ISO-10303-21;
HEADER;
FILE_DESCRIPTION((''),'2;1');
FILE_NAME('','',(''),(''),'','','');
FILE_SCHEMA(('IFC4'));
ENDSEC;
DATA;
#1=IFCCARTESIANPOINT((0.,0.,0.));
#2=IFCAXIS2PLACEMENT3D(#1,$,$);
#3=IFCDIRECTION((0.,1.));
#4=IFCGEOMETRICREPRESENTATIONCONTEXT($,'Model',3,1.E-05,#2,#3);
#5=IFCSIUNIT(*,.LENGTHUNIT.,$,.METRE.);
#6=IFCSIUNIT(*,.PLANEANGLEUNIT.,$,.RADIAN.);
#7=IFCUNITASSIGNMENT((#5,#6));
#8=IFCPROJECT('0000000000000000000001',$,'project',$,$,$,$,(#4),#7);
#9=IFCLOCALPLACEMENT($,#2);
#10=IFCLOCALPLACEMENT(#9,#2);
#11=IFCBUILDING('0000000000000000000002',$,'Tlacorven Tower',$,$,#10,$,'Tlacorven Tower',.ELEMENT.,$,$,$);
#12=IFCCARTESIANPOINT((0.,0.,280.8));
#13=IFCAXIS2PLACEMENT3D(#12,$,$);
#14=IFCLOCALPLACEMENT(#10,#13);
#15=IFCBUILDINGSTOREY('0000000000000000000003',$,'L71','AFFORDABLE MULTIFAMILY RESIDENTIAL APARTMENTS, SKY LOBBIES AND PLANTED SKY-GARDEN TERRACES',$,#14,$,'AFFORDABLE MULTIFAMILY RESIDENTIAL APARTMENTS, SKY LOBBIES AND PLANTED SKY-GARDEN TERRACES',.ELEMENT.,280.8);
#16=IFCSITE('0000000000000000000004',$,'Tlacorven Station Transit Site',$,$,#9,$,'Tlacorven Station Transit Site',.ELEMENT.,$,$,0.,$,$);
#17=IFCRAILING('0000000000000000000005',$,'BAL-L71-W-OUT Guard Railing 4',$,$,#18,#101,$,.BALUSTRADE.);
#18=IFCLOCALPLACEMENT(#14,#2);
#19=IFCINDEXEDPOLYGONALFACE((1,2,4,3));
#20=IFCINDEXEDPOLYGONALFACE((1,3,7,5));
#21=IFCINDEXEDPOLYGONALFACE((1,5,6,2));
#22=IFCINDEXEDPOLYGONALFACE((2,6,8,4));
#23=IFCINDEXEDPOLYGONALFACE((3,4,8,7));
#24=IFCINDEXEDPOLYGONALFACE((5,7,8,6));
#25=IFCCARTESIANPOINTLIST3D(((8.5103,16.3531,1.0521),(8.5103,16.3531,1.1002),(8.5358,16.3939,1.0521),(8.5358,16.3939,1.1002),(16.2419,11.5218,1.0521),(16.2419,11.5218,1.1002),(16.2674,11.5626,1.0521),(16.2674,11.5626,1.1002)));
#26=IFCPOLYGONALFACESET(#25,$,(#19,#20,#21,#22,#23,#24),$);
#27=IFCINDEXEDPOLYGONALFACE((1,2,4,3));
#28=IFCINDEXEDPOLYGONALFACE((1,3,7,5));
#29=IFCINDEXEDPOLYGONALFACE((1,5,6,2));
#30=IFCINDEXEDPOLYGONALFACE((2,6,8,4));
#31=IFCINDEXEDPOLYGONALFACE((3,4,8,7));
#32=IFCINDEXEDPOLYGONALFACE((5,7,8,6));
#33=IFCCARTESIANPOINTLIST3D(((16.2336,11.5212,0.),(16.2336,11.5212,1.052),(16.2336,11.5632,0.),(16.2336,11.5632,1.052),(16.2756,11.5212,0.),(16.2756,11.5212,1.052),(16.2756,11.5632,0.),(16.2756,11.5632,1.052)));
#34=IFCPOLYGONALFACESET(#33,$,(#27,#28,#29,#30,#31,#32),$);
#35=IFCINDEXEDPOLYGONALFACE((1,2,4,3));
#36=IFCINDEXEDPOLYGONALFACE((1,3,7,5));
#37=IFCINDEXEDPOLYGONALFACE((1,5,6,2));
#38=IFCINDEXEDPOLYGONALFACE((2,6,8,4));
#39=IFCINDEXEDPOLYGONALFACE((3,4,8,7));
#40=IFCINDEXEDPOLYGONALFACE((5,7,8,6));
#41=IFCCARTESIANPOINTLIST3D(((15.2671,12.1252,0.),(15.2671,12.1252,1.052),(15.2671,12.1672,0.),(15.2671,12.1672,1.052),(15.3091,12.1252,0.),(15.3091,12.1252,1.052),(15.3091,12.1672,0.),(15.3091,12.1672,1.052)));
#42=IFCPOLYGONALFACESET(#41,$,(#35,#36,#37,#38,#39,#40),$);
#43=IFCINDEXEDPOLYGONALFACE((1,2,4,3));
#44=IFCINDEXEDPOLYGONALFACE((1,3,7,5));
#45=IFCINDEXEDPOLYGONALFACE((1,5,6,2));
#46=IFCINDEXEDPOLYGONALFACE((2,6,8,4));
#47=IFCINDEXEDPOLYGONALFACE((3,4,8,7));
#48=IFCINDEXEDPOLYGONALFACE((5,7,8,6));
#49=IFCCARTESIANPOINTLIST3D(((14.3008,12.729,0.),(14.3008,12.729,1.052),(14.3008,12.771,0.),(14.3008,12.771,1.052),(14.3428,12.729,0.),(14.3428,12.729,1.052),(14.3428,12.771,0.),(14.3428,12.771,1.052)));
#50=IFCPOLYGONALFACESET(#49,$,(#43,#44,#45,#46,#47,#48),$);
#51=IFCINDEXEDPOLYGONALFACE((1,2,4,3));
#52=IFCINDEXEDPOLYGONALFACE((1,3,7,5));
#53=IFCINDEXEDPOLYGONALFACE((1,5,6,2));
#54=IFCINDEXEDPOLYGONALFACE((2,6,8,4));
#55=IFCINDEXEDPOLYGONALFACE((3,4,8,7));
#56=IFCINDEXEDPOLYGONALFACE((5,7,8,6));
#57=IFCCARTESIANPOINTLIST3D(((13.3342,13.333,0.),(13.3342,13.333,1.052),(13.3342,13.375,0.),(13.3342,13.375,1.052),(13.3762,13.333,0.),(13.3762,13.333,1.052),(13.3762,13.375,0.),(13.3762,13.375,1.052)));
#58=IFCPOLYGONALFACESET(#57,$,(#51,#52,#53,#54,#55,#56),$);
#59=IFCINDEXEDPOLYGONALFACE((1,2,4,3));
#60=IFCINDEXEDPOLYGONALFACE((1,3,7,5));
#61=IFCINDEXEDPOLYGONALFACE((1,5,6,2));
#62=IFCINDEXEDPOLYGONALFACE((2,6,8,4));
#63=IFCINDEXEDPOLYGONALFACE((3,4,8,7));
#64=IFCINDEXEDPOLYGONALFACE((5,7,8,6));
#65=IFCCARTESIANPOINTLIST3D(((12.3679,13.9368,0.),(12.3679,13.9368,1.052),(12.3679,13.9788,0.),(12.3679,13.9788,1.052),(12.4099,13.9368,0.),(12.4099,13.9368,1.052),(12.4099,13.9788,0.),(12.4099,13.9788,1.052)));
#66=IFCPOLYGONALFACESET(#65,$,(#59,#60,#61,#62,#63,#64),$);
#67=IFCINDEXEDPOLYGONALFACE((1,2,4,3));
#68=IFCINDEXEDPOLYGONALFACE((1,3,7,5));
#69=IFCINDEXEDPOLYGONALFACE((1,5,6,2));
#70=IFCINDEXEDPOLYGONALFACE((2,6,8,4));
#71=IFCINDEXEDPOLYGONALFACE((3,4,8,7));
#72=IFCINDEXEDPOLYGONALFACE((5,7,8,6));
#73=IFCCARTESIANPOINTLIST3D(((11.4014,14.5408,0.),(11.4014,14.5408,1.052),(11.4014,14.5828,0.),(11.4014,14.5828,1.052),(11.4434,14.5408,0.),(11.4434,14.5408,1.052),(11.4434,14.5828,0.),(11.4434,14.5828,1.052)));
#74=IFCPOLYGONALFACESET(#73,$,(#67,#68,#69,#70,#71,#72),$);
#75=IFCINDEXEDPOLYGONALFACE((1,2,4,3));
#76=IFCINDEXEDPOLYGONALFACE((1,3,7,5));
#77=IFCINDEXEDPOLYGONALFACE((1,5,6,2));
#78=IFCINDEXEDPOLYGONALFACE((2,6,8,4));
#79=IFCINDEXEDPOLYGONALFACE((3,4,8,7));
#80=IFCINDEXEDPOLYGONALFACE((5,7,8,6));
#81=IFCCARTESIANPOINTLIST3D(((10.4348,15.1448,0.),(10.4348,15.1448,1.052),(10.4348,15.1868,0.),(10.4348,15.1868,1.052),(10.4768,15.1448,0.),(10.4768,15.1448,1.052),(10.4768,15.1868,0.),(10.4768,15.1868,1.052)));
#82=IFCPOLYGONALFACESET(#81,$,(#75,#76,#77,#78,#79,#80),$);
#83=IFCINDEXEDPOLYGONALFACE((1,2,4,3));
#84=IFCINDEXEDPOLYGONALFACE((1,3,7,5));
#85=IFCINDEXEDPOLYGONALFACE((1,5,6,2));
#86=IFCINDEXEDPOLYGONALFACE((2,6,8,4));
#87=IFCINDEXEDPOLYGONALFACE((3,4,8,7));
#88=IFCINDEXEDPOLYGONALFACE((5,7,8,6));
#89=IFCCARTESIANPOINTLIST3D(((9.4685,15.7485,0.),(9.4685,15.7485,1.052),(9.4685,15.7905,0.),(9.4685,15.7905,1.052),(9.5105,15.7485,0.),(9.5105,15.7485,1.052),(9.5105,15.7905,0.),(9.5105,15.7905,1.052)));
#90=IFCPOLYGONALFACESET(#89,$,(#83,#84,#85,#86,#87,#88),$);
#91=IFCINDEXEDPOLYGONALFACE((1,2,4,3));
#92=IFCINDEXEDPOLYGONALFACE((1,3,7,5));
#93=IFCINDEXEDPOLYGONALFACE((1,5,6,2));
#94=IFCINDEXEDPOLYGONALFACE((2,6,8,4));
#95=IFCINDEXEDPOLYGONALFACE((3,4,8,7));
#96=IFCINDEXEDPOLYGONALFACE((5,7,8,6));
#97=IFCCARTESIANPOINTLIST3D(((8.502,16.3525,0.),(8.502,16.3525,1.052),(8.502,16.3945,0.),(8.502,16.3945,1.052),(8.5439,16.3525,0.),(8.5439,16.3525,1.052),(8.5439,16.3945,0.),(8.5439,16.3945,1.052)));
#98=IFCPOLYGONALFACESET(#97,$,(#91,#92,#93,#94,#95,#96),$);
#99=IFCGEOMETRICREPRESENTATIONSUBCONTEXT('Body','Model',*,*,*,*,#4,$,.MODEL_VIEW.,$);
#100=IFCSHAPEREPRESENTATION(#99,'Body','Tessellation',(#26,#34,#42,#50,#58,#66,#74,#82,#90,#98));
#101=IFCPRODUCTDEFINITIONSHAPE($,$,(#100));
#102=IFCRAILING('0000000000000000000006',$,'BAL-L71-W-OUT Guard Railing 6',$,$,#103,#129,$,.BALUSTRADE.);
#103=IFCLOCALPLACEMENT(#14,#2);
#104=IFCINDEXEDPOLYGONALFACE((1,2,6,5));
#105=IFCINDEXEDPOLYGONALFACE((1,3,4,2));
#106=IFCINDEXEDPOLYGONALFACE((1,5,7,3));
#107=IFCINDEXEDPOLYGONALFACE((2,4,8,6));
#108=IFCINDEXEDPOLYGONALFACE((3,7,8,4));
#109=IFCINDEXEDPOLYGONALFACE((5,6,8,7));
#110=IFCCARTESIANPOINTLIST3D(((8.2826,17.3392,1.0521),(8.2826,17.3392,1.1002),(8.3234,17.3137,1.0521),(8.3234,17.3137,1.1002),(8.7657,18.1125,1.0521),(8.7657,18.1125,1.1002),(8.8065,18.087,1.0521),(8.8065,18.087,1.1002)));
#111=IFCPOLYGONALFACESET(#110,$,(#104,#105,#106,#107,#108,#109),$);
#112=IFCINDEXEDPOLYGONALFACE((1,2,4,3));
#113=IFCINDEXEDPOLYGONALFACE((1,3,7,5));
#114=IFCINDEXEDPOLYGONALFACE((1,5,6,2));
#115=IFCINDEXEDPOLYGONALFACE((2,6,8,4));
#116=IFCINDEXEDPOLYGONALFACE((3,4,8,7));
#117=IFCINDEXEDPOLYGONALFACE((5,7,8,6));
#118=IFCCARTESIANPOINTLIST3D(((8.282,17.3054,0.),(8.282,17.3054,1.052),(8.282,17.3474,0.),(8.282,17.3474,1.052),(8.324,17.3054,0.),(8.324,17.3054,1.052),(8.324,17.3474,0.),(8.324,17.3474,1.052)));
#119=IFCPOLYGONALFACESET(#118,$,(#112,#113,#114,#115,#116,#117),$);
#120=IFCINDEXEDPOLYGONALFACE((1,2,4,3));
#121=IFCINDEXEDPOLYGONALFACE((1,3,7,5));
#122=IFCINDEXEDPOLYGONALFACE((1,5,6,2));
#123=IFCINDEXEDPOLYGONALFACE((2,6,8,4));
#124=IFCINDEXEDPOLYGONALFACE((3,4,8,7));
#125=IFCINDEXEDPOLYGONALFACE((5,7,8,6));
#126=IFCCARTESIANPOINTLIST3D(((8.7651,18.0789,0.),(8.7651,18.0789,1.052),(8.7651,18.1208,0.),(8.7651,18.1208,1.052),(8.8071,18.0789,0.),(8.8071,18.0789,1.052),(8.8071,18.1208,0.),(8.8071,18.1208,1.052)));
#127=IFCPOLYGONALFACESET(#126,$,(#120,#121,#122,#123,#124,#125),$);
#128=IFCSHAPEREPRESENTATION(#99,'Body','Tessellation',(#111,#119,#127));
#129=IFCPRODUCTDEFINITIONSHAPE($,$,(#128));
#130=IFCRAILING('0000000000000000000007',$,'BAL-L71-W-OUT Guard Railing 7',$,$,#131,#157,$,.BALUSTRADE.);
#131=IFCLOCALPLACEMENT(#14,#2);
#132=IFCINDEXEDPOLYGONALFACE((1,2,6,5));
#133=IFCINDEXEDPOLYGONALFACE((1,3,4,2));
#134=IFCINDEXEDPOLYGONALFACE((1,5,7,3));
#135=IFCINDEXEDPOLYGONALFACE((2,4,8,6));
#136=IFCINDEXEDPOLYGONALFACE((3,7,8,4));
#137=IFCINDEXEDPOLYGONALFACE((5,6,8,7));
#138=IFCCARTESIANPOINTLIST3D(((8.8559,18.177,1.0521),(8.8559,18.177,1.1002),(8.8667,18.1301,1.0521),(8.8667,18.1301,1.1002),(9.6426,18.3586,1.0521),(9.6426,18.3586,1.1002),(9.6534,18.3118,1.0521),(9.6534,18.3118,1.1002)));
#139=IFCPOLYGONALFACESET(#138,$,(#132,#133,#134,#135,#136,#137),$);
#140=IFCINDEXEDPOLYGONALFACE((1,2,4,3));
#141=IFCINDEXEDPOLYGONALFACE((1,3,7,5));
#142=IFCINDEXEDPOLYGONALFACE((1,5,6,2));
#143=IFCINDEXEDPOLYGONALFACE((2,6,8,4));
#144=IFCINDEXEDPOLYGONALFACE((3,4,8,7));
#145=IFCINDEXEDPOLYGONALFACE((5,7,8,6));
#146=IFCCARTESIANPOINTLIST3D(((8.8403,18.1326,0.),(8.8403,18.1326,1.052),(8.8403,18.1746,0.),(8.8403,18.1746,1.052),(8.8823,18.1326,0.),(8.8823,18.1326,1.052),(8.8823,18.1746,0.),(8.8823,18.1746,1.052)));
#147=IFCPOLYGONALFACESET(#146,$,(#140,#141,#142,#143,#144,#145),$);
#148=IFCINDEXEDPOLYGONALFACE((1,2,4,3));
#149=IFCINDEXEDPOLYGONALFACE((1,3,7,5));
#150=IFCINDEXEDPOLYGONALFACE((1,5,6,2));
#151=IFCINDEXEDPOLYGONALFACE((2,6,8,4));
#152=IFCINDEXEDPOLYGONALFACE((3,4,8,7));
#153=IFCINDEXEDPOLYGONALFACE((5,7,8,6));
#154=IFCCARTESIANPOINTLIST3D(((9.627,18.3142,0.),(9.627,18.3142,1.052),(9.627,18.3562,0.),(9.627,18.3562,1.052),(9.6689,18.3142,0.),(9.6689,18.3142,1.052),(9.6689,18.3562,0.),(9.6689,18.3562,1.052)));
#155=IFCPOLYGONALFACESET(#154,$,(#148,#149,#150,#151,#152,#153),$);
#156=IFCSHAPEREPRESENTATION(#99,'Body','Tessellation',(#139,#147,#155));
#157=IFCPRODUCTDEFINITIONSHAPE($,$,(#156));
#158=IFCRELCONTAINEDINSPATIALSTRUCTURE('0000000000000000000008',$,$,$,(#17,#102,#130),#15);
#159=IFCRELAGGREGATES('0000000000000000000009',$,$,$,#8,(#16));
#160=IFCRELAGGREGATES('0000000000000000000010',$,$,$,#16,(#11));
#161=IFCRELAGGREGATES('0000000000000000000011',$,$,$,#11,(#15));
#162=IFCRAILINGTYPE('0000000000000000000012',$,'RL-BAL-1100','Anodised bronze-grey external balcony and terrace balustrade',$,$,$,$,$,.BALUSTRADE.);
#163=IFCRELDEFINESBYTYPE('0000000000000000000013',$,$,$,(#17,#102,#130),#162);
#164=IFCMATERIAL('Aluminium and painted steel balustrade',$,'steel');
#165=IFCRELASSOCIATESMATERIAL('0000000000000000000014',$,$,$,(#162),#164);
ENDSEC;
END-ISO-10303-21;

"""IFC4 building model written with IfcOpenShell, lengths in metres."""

from ifc_helpers import new_model, si_unit, direction, frame, origin, origin_2d, place, context, subcontext, project, spatial, rectangle, extrude, source, transform, mapped, material, type_object, element, save


model = new_model("IFC4")

# Units and contexts
model_context = context("Model", 3, precision=1e-05, world=origin(), true_north=direction((0.0, 1.0)))
body_context = subcontext(model_context, "Body", "Model", "MODEL_VIEW")
ifc_project = project(units=[si_unit("LENGTHUNIT", "METRE"), si_unit("PLANEANGLEUNIT", "RADIAN")], contexts=[model_context])

# Site, building, storey
site_placement = place(None, origin())
site = spatial("IfcSite", under=ifc_project, at=site_placement, Name="Tlacorven Station Transit Site", LongName="Tlacorven Station Transit Site", CompositionType="ELEMENT", RefElevation=0.0)
building_placement = place(site_placement, origin())
building = spatial("IfcBuilding", under=site, at=building_placement, Name="Tlacorven Tower", LongName="Tlacorven Tower", CompositionType="ELEMENT")
storey_placement = place(building_placement, frame((0.0, 0.0, 280.8)))
storey = spatial("IfcBuildingStorey", under=building, at=storey_placement, Name="L71", Description="AFFORDABLE MULTIFAMILY RESIDENTIAL APARTMENTS, SKY LOBBIES AND PLANTED SKY-GARDEN TERRACES", LongName="AFFORDABLE MULTIFAMILY RESIDENTIAL APARTMENTS, SKY LOBBIES AND PLANTED SKY-GARDEN TERRACES", CompositionType="ELEMENT", Elevation=280.8)

# Railings
ifc_material_1 = material(Name="Aluminium and painted steel balustrade", Category="steel")
railing_type = type_object("IfcRailingType", Name="RL-BAL-1100", Description="Anodised bronze-grey external balcony and terrace balustrade", PredefinedType="BALUSTRADE", material=ifc_material_1)
shared_shape_1 = source(origin(), body_context, "Body", "SweptSolid", [
    extrude(rectangle(XDim=0.0481, YDim=0.0481, at=origin_2d()), frame((0.0, 0.0, 1.0762), z_axis=(-0.848048, 0.52992, 0.0), x_axis=(-0.52992, -0.848048, 0.0)), (0.0, 0.0, 1.0), 9.1169),
    extrude(rectangle(XDim=0.042, YDim=0.042, at=origin_2d()), origin(), (0.0, 0.0, 1.0), 1.052),
    extrude(rectangle(XDim=0.042, YDim=0.042, at=origin_2d()), frame((-0.9666, 0.604, 0.0)), (0.0, 0.0, 1.0), 1.052),
    extrude(rectangle(XDim=0.042, YDim=0.042, at=origin_2d()), frame((-1.9329, 1.2078, 0.0)), (0.0, 0.0, 1.0), 1.052),
    extrude(rectangle(XDim=0.042, YDim=0.042, at=origin_2d()), frame((-2.8994, 1.8118, 0.0)), (0.0, 0.0, 1.0), 1.052),
    extrude(rectangle(XDim=0.042, YDim=0.042, at=origin_2d()), frame((-3.8657, 2.4155, 0.0)), (0.0, 0.0, 1.0), 1.052),
    extrude(rectangle(XDim=0.042, YDim=0.042, at=origin_2d()), frame((-4.8323, 3.0195, 0.0)), (0.0, 0.0, 1.0), 1.052),
    extrude(rectangle(XDim=0.042, YDim=0.042, at=origin_2d()), frame((-5.7988, 3.6235, 0.0)), (0.0, 0.0, 1.0), 1.052),
    extrude(rectangle(XDim=0.042, YDim=0.042, at=origin_2d()), frame((-6.7651, 4.2273, 0.0)), (0.0, 0.0, 1.0), 1.052),
    extrude(rectangle(XDim=0.042, YDim=0.042, at=origin_2d()), frame((-7.7317, 4.8313, 0.0)), (0.0, 0.0, 1.0), 1.052),
])
railing_1_placement = place(storey_placement, frame((16.2546, 11.5422, 0.0)))
element("IfcRailing", 1, at=railing_1_placement, inside=storey, type_object=railing_type, Name="BAL-L71-W-OUT Guard Railing 4", PredefinedType="BALUSTRADE", context=body_context, shape_type="MappedRepresentation", body=[
    mapped(shared_shape_1, transform((0.0, 0.0, 0.0), scale=1.0)),
])
shared_shape_2 = source(origin(), body_context, "Body", "SweptSolid", [
    extrude(rectangle(XDim=0.0481, YDim=0.0481, at=origin_2d()), frame((0.0, 0.0, 1.0762), z_axis=(0.529806, 0.848119, 0.0), x_axis=(-0.848119, 0.529806, 0.0)), (0.0, 0.0, 1.0), 0.9119),
    extrude(rectangle(XDim=0.042, YDim=0.042, at=origin_2d()), origin(), (0.0, 0.0, 1.0), 1.052),
    extrude(rectangle(XDim=0.042, YDim=0.042, at=origin_2d()), frame((0.4832, 0.7734, 0.0)), (0.0, 0.0, 1.0), 1.052),
])
railing_2_placement = place(storey_placement, frame((8.303, 17.3264, 0.0)))
element("IfcRailing", 2, at=railing_2_placement, inside=storey, type_object=railing_type, Name="BAL-L71-W-OUT Guard Railing 6", PredefinedType="BALUSTRADE", context=body_context, shape_type="MappedRepresentation", body=[
    mapped(shared_shape_2, transform((0.0, 0.0, 0.0), scale=1.0)),
])
shared_shape_3 = source(origin(), body_context, "Body", "SweptSolid", [
    extrude(rectangle(XDim=0.0481, YDim=0.0481, at=origin_2d()), frame((0.0, 0.0, 1.0762), z_axis=(0.974361, 0.224992, 0.0), x_axis=(-0.224992, 0.974361, 0.0)), (0.0, 0.0, 1.0), 0.8074),
    extrude(rectangle(XDim=0.042, YDim=0.042, at=origin_2d()), origin(), (0.0, 0.0, 1.0), 1.052),
    extrude(rectangle(XDim=0.042, YDim=0.042, at=origin_2d()), frame((0.7866, 0.1816, 0.0)), (0.0, 0.0, 1.0), 1.052),
])
railing_3_placement = place(storey_placement, frame((8.8613, 18.1536, 0.0)))
element("IfcRailing", 3, at=railing_3_placement, inside=storey, type_object=railing_type, Name="BAL-L71-W-OUT Guard Railing 7", PredefinedType="BALUSTRADE", context=body_context, shape_type="MappedRepresentation", body=[
    mapped(shared_shape_3, transform((0.0, 0.0, 0.0), scale=1.0)),
])

save(model, "model.ifc")
